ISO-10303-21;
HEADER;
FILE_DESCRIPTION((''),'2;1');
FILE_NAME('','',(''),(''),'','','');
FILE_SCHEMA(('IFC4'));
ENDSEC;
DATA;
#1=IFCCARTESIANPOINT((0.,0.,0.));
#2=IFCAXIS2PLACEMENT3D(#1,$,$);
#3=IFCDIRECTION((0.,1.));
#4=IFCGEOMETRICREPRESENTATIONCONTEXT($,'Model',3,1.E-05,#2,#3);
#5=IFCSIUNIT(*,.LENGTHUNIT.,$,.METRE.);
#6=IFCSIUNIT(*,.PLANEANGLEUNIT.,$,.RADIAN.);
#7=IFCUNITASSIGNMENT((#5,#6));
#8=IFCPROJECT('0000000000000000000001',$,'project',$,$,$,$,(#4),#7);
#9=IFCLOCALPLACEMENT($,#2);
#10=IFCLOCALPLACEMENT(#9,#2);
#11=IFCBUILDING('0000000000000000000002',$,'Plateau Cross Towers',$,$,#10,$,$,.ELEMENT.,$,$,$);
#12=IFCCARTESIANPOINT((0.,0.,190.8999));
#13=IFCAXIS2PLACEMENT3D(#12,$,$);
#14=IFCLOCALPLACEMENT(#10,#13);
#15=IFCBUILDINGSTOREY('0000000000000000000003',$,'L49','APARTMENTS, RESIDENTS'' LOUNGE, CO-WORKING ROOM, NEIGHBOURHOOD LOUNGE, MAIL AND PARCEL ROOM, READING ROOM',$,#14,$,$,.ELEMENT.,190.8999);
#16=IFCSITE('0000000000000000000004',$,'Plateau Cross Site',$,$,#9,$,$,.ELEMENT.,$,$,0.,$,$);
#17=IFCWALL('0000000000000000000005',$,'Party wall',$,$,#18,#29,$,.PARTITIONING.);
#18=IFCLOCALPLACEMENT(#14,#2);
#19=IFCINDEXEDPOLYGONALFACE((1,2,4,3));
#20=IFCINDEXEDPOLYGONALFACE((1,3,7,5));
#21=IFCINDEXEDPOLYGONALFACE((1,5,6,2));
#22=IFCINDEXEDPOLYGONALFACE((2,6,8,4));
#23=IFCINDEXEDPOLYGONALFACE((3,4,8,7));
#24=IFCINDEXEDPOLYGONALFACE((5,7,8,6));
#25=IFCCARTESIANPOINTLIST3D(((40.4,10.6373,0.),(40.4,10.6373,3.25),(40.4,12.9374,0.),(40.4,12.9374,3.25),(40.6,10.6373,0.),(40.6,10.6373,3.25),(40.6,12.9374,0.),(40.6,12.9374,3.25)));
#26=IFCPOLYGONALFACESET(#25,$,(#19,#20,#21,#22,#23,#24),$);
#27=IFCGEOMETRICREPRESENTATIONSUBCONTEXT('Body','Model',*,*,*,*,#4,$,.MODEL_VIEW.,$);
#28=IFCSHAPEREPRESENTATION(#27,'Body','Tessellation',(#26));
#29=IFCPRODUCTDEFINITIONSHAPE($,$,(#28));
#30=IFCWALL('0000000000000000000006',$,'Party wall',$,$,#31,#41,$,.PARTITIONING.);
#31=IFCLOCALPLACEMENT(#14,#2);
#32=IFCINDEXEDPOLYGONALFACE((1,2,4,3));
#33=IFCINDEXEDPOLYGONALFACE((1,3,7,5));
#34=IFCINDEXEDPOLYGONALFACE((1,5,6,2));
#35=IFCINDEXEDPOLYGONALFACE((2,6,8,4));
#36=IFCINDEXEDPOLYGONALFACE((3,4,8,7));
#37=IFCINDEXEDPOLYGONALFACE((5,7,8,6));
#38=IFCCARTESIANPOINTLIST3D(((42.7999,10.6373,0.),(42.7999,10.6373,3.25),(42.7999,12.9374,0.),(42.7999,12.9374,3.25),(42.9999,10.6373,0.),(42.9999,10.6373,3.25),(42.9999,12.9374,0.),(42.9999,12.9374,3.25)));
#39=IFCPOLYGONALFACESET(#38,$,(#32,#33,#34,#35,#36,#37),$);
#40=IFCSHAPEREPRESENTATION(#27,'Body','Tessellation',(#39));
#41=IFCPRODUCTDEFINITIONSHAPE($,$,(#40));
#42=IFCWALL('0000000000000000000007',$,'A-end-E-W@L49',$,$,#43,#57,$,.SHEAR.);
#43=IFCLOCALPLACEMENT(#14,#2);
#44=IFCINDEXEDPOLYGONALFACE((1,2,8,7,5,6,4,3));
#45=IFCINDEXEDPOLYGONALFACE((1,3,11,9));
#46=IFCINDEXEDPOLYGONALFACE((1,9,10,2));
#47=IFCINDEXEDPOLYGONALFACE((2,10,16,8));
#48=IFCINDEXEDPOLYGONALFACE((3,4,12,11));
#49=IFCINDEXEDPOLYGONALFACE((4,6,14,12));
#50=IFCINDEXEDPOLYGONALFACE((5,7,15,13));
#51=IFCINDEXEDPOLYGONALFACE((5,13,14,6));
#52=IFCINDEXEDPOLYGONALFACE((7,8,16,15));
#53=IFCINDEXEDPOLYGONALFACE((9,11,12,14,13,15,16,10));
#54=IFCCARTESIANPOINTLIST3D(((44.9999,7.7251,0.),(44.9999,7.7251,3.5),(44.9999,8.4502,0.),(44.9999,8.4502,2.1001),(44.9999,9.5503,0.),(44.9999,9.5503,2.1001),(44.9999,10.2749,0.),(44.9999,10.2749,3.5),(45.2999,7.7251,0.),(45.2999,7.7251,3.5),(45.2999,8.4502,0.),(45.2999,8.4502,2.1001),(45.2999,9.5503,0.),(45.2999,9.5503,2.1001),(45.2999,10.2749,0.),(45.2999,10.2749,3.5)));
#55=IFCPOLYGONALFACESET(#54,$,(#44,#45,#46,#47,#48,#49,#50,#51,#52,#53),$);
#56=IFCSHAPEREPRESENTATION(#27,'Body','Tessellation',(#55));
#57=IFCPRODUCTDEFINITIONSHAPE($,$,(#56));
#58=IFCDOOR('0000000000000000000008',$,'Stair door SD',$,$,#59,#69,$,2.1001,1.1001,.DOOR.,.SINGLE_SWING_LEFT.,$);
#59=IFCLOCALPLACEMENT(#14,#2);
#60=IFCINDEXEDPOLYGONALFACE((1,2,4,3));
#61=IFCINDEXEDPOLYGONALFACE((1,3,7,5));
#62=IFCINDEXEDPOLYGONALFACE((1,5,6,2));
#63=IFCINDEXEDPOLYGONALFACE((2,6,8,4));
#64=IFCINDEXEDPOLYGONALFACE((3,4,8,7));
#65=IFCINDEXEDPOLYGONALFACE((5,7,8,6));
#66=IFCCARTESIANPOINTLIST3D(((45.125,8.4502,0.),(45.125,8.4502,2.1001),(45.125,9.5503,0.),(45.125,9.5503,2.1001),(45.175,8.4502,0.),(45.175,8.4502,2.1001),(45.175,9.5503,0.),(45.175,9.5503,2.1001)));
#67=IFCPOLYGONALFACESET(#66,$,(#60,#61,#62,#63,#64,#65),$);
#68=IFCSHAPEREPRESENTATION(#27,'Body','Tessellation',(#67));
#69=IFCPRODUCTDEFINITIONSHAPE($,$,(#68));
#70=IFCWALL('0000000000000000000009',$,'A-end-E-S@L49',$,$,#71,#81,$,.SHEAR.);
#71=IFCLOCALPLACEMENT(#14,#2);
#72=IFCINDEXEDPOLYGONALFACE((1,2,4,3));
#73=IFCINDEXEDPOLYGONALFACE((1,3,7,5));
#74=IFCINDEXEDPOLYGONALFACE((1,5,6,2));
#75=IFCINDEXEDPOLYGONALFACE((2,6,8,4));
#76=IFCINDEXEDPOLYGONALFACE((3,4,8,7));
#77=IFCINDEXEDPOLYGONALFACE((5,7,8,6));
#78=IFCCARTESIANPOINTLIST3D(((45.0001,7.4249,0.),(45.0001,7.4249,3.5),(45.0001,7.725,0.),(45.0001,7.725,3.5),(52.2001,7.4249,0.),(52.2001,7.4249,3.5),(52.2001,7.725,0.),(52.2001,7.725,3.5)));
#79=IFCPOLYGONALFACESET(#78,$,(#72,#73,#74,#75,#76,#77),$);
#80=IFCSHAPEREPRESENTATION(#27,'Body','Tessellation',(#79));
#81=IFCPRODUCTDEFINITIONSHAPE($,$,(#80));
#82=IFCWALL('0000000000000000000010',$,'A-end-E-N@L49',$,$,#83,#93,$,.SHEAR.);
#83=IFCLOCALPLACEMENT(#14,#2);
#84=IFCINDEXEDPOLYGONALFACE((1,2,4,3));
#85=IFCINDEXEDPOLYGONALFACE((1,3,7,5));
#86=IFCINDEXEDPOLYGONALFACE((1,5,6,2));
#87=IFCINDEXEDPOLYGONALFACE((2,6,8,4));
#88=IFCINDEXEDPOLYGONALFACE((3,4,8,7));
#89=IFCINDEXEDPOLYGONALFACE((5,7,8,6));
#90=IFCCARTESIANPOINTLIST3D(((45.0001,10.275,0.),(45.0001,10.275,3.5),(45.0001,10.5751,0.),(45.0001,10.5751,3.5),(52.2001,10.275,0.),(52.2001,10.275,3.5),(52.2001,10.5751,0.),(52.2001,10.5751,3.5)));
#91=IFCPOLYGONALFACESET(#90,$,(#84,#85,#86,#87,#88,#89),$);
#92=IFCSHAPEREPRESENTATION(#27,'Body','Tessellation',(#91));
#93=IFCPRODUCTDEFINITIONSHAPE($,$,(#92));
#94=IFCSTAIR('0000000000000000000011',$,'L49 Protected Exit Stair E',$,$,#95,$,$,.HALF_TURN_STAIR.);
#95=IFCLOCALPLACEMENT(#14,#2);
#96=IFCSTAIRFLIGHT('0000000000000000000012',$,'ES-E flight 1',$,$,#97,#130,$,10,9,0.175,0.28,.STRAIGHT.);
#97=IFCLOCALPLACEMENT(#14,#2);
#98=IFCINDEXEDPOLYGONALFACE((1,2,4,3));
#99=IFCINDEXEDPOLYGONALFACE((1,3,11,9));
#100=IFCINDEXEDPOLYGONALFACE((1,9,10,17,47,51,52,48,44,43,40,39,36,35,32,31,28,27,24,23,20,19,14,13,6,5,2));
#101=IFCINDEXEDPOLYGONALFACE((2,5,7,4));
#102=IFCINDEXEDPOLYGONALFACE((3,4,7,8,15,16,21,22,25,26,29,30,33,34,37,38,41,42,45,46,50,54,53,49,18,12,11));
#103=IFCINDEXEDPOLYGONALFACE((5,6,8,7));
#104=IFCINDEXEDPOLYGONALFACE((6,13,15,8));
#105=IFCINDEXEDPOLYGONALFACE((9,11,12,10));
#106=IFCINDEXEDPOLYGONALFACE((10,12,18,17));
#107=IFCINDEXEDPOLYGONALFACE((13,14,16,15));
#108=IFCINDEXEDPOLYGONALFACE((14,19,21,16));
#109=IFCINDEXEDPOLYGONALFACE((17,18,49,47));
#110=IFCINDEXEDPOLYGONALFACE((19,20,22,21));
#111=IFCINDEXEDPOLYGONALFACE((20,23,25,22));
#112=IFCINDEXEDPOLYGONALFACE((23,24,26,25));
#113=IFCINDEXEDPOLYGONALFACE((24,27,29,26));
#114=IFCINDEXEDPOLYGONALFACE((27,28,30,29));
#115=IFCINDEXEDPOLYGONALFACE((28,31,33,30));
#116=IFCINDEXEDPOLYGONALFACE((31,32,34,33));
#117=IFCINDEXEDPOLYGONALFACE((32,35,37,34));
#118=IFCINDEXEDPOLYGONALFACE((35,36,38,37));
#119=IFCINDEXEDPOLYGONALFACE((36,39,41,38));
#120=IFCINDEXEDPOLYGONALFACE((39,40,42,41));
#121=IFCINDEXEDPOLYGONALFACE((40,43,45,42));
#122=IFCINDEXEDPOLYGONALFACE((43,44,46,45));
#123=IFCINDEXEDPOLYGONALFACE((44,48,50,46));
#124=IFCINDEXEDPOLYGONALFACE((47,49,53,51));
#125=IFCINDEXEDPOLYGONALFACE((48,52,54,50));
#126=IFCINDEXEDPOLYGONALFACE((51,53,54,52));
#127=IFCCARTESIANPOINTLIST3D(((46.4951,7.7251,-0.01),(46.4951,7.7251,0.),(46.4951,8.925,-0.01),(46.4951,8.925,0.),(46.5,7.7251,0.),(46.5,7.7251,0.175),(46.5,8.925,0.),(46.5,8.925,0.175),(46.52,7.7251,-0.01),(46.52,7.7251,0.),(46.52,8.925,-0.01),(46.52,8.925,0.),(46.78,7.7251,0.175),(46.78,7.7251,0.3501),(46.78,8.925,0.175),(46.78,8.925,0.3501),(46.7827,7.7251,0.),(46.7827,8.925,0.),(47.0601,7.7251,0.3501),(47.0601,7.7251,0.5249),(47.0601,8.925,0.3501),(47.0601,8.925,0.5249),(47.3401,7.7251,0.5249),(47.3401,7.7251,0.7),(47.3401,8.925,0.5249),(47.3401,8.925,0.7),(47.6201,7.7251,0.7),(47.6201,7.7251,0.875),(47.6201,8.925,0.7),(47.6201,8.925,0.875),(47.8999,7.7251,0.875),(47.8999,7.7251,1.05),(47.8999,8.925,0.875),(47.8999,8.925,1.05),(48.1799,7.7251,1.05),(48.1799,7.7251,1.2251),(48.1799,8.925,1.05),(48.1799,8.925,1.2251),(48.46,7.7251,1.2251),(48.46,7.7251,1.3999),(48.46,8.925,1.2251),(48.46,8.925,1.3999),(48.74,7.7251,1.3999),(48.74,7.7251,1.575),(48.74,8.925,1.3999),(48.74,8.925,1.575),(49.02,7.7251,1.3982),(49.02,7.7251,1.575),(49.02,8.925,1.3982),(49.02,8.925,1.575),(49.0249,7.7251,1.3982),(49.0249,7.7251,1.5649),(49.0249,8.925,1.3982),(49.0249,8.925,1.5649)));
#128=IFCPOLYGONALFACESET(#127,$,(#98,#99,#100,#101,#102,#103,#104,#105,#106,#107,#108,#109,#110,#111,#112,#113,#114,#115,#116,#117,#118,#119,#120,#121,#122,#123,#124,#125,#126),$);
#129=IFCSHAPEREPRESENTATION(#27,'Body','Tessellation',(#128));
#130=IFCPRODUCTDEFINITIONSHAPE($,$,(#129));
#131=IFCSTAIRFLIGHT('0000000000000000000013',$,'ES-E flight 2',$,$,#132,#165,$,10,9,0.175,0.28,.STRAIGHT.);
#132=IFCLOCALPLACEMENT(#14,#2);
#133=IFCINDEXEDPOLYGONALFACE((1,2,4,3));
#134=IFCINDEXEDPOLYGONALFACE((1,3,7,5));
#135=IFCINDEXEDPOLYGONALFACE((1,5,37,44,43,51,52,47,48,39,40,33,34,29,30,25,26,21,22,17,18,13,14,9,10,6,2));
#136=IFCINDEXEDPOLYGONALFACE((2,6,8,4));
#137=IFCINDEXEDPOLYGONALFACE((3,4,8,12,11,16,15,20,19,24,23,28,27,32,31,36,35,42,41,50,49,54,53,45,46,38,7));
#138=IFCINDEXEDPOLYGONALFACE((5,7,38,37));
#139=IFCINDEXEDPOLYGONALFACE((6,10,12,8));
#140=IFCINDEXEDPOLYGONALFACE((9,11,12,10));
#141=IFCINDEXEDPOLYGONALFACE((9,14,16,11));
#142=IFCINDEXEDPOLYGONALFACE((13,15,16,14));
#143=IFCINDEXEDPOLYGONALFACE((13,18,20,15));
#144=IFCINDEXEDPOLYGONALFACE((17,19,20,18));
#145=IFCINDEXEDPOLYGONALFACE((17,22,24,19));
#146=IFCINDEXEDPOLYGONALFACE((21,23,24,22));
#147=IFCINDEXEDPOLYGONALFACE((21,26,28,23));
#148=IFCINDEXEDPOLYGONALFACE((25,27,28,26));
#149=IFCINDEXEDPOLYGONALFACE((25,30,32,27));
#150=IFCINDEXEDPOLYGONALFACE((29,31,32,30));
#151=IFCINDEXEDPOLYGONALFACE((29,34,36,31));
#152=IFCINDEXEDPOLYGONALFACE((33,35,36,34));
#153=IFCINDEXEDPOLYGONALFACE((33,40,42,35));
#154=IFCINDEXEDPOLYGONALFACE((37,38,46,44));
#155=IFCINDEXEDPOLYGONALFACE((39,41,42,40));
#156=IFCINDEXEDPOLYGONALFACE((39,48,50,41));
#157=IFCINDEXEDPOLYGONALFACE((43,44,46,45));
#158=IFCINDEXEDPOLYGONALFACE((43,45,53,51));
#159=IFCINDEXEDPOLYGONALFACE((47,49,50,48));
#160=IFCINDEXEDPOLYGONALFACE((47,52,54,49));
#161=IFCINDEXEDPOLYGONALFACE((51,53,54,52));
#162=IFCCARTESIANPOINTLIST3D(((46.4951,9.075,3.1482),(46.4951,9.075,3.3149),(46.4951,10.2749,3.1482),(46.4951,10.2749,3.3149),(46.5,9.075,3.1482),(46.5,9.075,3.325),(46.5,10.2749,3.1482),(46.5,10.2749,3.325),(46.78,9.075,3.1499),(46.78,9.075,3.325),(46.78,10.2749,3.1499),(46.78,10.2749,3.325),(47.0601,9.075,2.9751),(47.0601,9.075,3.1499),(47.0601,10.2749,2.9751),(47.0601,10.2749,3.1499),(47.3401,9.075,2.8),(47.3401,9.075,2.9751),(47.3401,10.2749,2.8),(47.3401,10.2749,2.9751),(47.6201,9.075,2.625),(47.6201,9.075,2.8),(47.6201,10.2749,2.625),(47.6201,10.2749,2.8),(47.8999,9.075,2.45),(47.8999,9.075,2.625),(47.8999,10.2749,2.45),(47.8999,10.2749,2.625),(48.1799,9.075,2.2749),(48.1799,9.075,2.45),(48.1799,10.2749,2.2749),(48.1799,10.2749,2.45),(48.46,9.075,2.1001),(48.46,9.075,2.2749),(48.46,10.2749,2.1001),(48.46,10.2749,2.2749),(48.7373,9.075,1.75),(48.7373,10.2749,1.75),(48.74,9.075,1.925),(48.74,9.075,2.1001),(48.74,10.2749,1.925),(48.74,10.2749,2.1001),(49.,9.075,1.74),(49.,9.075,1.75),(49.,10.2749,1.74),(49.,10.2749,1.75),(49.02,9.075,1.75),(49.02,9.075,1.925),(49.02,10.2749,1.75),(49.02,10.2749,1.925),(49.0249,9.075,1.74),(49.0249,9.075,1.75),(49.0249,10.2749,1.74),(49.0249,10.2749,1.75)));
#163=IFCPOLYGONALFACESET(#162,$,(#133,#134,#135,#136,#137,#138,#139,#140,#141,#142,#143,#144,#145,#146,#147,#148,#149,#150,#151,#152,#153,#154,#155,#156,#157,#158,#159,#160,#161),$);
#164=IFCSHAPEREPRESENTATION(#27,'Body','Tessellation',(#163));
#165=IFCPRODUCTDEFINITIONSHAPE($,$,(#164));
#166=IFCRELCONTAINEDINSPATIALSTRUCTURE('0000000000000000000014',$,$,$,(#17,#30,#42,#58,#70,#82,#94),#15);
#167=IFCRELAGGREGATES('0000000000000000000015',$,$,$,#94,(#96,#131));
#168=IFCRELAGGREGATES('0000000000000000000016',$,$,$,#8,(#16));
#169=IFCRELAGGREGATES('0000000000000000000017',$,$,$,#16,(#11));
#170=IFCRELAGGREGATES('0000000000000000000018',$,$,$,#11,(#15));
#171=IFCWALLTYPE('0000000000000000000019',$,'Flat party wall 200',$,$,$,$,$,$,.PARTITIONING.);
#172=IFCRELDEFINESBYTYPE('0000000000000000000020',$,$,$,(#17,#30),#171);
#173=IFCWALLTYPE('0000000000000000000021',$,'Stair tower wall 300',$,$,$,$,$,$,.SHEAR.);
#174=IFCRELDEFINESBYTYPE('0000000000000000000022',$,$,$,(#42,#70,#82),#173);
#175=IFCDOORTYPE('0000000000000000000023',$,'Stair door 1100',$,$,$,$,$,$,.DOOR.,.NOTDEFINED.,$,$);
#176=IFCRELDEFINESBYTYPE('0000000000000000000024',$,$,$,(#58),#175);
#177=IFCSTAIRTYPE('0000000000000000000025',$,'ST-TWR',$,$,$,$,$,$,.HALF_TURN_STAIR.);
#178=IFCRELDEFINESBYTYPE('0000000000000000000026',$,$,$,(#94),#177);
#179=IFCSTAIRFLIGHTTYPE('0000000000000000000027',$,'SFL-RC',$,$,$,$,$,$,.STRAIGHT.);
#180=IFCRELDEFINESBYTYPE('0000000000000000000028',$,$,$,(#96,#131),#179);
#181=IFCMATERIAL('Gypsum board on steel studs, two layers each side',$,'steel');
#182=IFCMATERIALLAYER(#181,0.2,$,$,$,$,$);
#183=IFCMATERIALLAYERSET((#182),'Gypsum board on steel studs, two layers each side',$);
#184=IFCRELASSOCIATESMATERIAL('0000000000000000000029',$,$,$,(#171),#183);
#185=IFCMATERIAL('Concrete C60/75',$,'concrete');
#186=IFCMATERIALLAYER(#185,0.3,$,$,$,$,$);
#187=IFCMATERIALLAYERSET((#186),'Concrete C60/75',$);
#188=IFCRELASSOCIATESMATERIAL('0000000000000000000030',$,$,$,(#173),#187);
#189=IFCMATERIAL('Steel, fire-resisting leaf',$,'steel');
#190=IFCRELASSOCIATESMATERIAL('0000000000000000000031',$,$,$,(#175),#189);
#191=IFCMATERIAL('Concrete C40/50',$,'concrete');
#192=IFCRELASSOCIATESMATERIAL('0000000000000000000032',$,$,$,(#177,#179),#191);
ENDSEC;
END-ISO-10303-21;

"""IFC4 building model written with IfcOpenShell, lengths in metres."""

from ifc_helpers import new_model, si_unit, direction, frame, frame_2d, origin, place, context, subcontext, project, spatial, polyline, rectangle, outline, extrude, material, layer, layer_set, type_object, element, fill, aggregate, save


model = new_model("IFC4")

# Units and contexts
model_context = context("Model", 3, precision=1e-05, world=origin(), true_north=direction((0.0, 1.0)))
body_context = subcontext(model_context, "Body", "Model", "MODEL_VIEW")
ifc_project = project(units=[si_unit("LENGTHUNIT", "METRE"), si_unit("PLANEANGLEUNIT", "RADIAN")], contexts=[model_context])

# Site, building, storey
site_placement = place(None, origin())
site = spatial("IfcSite", under=ifc_project, at=site_placement, Name="Plateau Cross Site", CompositionType="ELEMENT", RefElevation=0.0)
building_placement = place(site_placement, origin())
building = spatial("IfcBuilding", under=site, at=building_placement, Name="Plateau Cross Towers", CompositionType="ELEMENT")
storey_placement = place(building_placement, frame((0.0, 0.0, 190.8999)))
storey = spatial("IfcBuildingStorey", under=building, at=storey_placement, Name="L49", Description="APARTMENTS, RESIDENTS' LOUNGE, CO-WORKING ROOM, NEIGHBOURHOOD LOUNGE, MAIL AND PARCEL ROOM, READING ROOM", CompositionType="ELEMENT", Elevation=190.8999)

# Walls
ifc_material_1 = material(Name="Gypsum board on steel studs, two layers each side", Category="steel")
ifc_layer_1 = layer(ifc_material_1, 0.2)
ifc_layer_set_1 = layer_set([ifc_layer_1], Name="Gypsum board on steel studs, two layers each side")
wall_type_1 = type_object("IfcWallType", Name="Flat party wall 200", PredefinedType="PARTITIONING", material=ifc_layer_set_1)
for number, where, z_axis, x_axis, name in (
    (1, (40.5, 10.6375, 0.0), (0.0, 0.0, 1.0), (0.0, 1.0, 0.0), "Party wall"),
    (2, (42.8999, 10.6375, 0.0), (0.0, 0.0, 1.0), (0.0, 1.0, 0.0), "Party wall"),
):
    element("IfcWall", number, at=place(storey_placement, frame(where, z_axis=z_axis, x_axis=x_axis)), inside=storey, type_object=wall_type_1, Name=name, PredefinedType="PARTITIONING", context=body_context, shape_type="SweptSolid", body=[
        extrude(rectangle(XDim=2.3, YDim=0.2, at=frame_2d((1.1499, 0.0))), origin(), (0.0, 0.0, 1.0), 3.25),
    ])

# Wall, opening, door
ifc_material_2 = material(Name="Concrete C60/75", Category="concrete")
ifc_layer_2 = layer(ifc_material_2, 0.3)
ifc_layer_set_2 = layer_set([ifc_layer_2], Name="Concrete C60/75")
wall_type_2 = type_object("IfcWallType", Name="Stair tower wall 300", PredefinedType="SHEAR", material=ifc_layer_set_2)
wall_1_placement = place(storey_placement, frame((45.1499, 7.7251, 0.0), z_axis=(0.0, 0.0, 1.0), x_axis=(0.0, 1.0, 0.0)))
wall_1 = element("IfcWall", 3, at=wall_1_placement, inside=storey, type_object=wall_type_2, Name="A-end-E-W@L49", PredefinedType="SHEAR", context=body_context, shape_type="SweptSolid", body=[
    extrude(rectangle(XDim=2.5498, YDim=0.3, at=frame_2d((1.2749, 0.0))), origin(), (0.0, 0.0, 1.0), 3.5),
])
opening_1_placement = place(wall_1_placement, frame((0.7251, 0.0, 0.0)))
opening_1 = element("IfcOpeningElement", 4, at=opening_1_placement, cuts=wall_1, PredefinedType="OPENING", context=body_context, shape_type="SweptSolid", body=[
    extrude(rectangle(XDim=1.1001, YDim=2.1001, at=frame_2d((0.55, 1.05))), frame((0.0, 0.1599, 0.0), z_axis=(0.0, -1.0, 0.0), x_axis=(1.0, 0.0, 0.0)), (0.0, 0.0, 1.0), 0.3201),
])
ifc_material_3 = material(Name="Steel, fire-resisting leaf", Category="steel")
door_type_1 = type_object("IfcDoorType", Name="Stair door 1100", OperationType="NOTDEFINED", PredefinedType="DOOR", material=ifc_material_3)
door_1_placement = place(opening_1_placement, origin())
door_1 = element("IfcDoor", 5, at=door_1_placement, inside=storey, type_object=door_type_1, Name="Stair door SD", OperationType="SINGLE_SWING_LEFT", OverallHeight=2.1001, OverallWidth=1.1001, PredefinedType="DOOR", context=body_context, shape_type="SweptSolid", body=[
    extrude(rectangle(XDim=1.1001, YDim=2.1001, at=frame_2d((0.55, 1.05))), frame((0.0, 0.0249, 0.0), z_axis=(0.0, -1.0, 0.0), x_axis=(1.0, 0.0, 0.0)), (0.0, 0.0, 1.0), 0.05),
])
fill(opening_1, door_1)

# Walls
for number, where, z_axis, x_axis, name in (
    (6, (45.0, 7.575, 0.0), (0.0, 0.0, 1.0), (1.0, 0.0, 0.0), "A-end-E-S@L49"),
    (7, (45.0, 10.425, 0.0), (0.0, 0.0, 1.0), (1.0, 0.0, 0.0), "A-end-E-N@L49"),
):
    element("IfcWall", number, at=place(storey_placement, frame(where, z_axis=z_axis, x_axis=x_axis)), inside=storey, type_object=wall_type_2, Name=name, PredefinedType="SHEAR", context=body_context, shape_type="SweptSolid", body=[
        extrude(rectangle(XDim=7.2, YDim=0.3, at=frame_2d((3.6001, 0.0))), origin(), (0.0, 0.0, 1.0), 3.5),
    ])

# Stair, stair flights
ifc_material_4 = material(Name="Concrete C40/50", Category="concrete")
stair_type = type_object("IfcStairType", Name="ST-TWR", PredefinedType="HALF_TURN_STAIR", material=ifc_material_4)
stair_placement = place(storey_placement, origin())
stair = element("IfcStair", 8, at=stair_placement, inside=storey, type_object=stair_type, Name="L49 Protected Exit Stair E", PredefinedType="HALF_TURN_STAIR")
stair_flight_type = type_object("IfcStairFlightType", Name="SFL-RC", PredefinedType="STRAIGHT", material=ifc_material_4)
stair_flight_1_placement = place(storey_placement, frame((46.5, 8.325, 0.0), z_axis=(0.0, 0.0, 1.0), x_axis=(1.0, 0.0, 0.0)))
stair_flight_1 = element("IfcStairFlight", 9, at=stair_flight_1_placement, type_object=stair_flight_type, Name="ES-E flight 1", NumberOfRisers=10, NumberOfTreads=9, PredefinedType="STRAIGHT", RiserHeight=0.175, TreadLength=0.28, context=body_context, shape_type="SweptSolid", body=[
    extrude(outline(polyline([(-0.0049, -0.01), (-0.0049, 0.0), (0.0, 0.0), (0.0, 0.175), (0.28, 0.175), (0.28, 0.3501), (0.5601, 0.3501), (0.5601, 0.5249), (0.8401, 0.5249), (0.8401, 0.7), (1.1201, 0.7), (1.1201, 0.875), (1.3999, 0.875), (1.3999, 1.05), (1.6799, 1.05), (1.6799, 1.2251), (1.96, 1.2251), (1.96, 1.3999), (2.24, 1.3999), (2.24, 1.575), (2.52, 1.575), (2.5249, 1.5649), (2.5249, 1.3982), (2.52, 1.3982), (0.2827, 0.0), (0.02, 0.0), (0.02, -0.01), (-0.0049, -0.01)])), frame((0.0, 0.6001, 0.0), z_axis=(0.0, -1.0, 0.0), x_axis=(1.0, 0.0, 0.0)), (0.0, 0.0, 1.0), 1.2),
])
stair_flight_2_placement = place(storey_placement, frame((49.02, 9.675, 1.75), z_axis=(0.0, 0.0, 1.0), x_axis=(-1.0, 0.0, 0.0)))
stair_flight_2 = element("IfcStairFlight", 10, at=stair_flight_2_placement, type_object=stair_flight_type, Name="ES-E flight 2", NumberOfRisers=10, NumberOfTreads=9, PredefinedType="STRAIGHT", RiserHeight=0.175, TreadLength=0.28, context=body_context, shape_type="SweptSolid", body=[
    extrude(outline(polyline([(-0.0049, -0.01), (-0.0049, 0.0), (0.0, 0.0), (0.0, 0.175), (0.28, 0.175), (0.28, 0.3501), (0.5601, 0.3501), (0.5601, 0.5249), (0.8401, 0.5249), (0.8401, 0.7), (1.1201, 0.7), (1.1201, 0.875), (1.3999, 0.875), (1.3999, 1.05), (1.6799, 1.05), (1.6799, 1.2251), (1.96, 1.2251), (1.96, 1.3999), (2.24, 1.3999), (2.24, 1.575), (2.52, 1.575), (2.5249, 1.5649), (2.5249, 1.3982), (2.52, 1.3982), (0.2827, 0.0), (0.02, 0.0), (0.02, -0.01), (-0.0049, -0.01)])), frame((0.0, 0.6001, 0.0), z_axis=(0.0, -1.0, 0.0), x_axis=(1.0, 0.0, 0.0)), (0.0, 0.0, 1.0), 1.2),
])
aggregate(stair, [stair_flight_1, stair_flight_2])

save(model, "model.ifc")
